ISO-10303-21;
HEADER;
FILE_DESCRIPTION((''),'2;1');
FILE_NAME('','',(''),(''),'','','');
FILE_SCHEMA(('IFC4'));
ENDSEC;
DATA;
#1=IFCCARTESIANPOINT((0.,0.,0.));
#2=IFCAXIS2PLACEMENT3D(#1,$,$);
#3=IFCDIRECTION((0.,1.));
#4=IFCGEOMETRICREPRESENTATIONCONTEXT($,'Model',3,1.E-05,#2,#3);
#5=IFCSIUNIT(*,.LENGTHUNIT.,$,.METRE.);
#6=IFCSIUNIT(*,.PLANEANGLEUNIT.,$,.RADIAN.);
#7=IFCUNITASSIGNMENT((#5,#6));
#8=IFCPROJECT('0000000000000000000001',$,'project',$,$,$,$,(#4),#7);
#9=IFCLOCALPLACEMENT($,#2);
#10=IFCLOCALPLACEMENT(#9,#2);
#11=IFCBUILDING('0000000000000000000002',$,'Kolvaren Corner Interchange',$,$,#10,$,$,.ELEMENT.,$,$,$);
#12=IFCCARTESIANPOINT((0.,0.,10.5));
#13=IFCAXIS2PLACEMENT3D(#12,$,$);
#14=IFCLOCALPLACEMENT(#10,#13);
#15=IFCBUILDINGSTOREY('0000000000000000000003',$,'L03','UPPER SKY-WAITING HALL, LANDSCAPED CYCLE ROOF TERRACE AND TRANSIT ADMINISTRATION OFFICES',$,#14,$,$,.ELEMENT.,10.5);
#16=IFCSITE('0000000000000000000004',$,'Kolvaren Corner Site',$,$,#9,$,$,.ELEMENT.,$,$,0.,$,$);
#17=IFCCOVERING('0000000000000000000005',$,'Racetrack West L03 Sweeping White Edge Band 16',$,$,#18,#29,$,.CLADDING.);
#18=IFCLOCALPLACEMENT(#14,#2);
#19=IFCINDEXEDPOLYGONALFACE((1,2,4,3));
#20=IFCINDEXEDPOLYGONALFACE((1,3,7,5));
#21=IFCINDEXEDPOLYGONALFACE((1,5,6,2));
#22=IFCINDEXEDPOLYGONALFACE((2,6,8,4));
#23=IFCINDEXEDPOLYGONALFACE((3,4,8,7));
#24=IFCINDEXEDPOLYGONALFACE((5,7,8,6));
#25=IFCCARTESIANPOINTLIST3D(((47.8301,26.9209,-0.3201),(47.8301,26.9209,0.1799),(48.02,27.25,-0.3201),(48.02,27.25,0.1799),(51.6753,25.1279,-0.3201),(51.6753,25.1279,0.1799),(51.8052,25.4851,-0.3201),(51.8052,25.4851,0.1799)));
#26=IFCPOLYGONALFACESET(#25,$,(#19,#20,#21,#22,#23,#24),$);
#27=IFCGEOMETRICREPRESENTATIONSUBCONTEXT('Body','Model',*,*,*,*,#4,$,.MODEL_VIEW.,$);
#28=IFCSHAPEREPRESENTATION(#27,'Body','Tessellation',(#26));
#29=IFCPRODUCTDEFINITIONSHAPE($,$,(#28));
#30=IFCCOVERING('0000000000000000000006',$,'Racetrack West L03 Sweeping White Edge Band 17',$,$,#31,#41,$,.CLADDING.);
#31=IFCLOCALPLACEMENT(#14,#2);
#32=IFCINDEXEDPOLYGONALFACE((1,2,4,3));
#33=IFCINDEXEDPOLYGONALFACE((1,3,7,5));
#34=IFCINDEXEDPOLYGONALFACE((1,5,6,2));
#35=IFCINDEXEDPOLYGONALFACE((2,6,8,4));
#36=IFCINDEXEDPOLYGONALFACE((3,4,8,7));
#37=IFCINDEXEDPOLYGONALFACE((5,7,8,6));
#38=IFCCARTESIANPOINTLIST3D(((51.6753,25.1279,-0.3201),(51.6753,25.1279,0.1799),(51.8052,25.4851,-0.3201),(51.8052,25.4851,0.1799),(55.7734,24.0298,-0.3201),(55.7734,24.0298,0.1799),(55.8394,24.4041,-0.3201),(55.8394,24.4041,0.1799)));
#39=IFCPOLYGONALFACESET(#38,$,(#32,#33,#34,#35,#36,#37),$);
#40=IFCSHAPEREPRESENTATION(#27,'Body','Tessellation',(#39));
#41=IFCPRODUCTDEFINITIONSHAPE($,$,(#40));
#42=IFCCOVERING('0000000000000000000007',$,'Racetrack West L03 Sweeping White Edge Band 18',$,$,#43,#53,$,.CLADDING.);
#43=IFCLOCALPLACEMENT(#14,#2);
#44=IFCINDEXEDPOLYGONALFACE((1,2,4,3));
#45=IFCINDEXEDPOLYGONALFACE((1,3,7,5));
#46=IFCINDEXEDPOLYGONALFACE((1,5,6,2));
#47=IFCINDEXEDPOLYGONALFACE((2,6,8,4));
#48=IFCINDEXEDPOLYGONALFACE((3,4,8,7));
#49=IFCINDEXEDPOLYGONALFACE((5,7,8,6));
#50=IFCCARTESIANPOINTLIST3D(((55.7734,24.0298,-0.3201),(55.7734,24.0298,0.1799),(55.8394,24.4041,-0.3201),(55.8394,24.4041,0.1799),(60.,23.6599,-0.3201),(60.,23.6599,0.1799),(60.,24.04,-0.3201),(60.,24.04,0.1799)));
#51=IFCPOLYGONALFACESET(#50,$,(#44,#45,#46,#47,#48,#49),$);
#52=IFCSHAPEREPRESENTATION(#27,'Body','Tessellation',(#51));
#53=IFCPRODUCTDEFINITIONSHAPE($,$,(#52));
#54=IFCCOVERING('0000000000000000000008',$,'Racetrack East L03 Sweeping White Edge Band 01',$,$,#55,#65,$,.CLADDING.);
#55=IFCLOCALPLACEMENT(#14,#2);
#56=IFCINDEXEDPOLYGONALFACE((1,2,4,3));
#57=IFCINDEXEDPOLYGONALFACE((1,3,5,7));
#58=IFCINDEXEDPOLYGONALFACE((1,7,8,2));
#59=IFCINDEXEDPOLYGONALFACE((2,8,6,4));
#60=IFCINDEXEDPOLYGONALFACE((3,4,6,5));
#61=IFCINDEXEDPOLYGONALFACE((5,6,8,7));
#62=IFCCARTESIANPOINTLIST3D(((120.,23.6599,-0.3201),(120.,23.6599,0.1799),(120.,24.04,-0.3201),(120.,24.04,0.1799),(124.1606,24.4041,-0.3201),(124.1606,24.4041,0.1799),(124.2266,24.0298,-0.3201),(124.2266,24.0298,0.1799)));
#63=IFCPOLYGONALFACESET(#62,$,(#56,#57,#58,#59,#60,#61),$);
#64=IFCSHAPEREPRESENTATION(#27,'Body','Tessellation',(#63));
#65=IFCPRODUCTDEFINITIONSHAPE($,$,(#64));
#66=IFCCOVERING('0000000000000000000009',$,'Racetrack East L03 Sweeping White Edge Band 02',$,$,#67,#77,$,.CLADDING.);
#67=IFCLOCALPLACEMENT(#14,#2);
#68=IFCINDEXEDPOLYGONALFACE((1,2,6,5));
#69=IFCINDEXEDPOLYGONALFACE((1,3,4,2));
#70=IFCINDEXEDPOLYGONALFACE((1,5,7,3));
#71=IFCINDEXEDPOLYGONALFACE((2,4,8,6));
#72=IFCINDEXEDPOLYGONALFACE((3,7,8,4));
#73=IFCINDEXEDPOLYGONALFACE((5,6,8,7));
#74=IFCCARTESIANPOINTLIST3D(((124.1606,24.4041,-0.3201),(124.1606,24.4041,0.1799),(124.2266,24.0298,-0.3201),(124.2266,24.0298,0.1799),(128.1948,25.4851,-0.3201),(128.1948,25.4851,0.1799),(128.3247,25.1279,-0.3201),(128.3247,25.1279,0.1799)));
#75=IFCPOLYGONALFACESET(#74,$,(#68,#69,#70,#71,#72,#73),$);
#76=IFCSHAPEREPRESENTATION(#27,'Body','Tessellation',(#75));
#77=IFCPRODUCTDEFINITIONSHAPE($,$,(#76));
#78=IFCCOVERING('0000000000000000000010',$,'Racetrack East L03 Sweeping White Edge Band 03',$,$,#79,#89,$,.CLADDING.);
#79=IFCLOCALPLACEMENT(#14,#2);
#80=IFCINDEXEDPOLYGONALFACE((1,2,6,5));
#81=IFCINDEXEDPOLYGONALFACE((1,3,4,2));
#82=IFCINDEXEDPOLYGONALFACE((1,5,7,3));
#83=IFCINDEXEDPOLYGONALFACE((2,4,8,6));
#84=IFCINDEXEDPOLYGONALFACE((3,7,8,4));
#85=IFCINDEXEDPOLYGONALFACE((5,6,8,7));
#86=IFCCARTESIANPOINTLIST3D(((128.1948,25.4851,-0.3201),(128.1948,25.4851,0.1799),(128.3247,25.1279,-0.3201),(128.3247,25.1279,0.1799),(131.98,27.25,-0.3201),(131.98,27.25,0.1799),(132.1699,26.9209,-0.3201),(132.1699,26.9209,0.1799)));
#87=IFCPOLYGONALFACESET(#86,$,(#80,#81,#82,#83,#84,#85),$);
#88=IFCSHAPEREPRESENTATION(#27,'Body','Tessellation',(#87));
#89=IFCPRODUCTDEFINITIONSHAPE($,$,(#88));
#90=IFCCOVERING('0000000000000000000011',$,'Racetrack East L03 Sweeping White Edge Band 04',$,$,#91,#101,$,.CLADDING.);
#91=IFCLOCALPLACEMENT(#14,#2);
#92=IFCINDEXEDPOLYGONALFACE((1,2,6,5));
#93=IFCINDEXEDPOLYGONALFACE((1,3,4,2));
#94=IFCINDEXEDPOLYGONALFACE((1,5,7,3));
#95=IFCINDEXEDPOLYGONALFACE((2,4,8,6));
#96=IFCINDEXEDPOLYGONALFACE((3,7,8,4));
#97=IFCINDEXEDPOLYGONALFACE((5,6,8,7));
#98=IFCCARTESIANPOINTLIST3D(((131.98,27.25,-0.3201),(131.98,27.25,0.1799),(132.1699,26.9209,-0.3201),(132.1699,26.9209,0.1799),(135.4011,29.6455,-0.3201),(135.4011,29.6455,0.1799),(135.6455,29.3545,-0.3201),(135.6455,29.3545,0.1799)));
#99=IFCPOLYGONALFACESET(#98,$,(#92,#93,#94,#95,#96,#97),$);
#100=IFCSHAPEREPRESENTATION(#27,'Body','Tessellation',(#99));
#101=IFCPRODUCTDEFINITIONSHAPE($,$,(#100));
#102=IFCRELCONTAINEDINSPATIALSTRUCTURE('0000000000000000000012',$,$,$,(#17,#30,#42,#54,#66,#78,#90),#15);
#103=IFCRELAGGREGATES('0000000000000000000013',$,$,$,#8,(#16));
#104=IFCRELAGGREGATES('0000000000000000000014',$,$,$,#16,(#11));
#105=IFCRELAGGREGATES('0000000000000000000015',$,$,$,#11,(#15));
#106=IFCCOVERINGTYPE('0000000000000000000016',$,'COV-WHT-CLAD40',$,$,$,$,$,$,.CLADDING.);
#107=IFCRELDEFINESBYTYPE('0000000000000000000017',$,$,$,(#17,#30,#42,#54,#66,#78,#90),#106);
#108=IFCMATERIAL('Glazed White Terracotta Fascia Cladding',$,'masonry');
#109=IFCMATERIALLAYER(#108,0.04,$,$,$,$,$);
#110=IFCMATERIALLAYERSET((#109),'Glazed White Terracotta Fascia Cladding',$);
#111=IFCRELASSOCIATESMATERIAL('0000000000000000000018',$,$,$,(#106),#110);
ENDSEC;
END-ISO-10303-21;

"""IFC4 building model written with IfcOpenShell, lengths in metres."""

from ifc_helpers import new_model, si_unit, direction, frame, origin, place, context, subcontext, project, spatial, polyline, outline, extrude, material, layer, layer_set, type_object, element, save


model = new_model("IFC4")

# Units and contexts
model_context = context("Model", 3, precision=1e-05, world=origin(), true_north=direction((0.0, 1.0)))
body_context = subcontext(model_context, "Body", "Model", "MODEL_VIEW")
ifc_project = project(units=[si_unit("LENGTHUNIT", "METRE"), si_unit("PLANEANGLEUNIT", "RADIAN")], contexts=[model_context])

# Site, building, storey
site_placement = place(None, origin())
site = spatial("IfcSite", under=ifc_project, at=site_placement, Name="Kolvaren Corner Site", CompositionType="ELEMENT", RefElevation=0.0)
building_placement = place(site_placement, origin())
building = spatial("IfcBuilding", under=site, at=building_placement, Name="Kolvaren Corner Interchange", CompositionType="ELEMENT")
storey_placement = place(building_placement, frame((0.0, 0.0, 10.5)))
storey = spatial("IfcBuildingStorey", under=building, at=storey_placement, Name="L03", Description="UPPER SKY-WAITING HALL, LANDSCAPED CYCLE ROOF TERRACE AND TRANSIT ADMINISTRATION OFFICES", CompositionType="ELEMENT", Elevation=10.5)

# Coverings
ifc_material_1 = material(Name="Glazed White Terracotta Fascia Cladding", Category="masonry")
ifc_layer_1 = layer(ifc_material_1, 0.04)
ifc_layer_set_1 = layer_set([ifc_layer_1], Name="Glazed White Terracotta Fascia Cladding")
covering_type = type_object("IfcCoveringType", Name="COV-WHT-CLAD40", PredefinedType="CLADDING", material=ifc_layer_set_1)
covering_1_placement = place(storey_placement, frame((0.0, 0.0, -0.3201)))
element("IfcCovering", 1, at=covering_1_placement, inside=storey, type_object=covering_type, Name="Racetrack West L03 Sweeping White Edge Band 16", PredefinedType="CLADDING", context=body_context, shape_type="SweptSolid", body=[
    extrude(outline(polyline([(48.02, 27.25), (47.8301, 26.9209), (51.6753, 25.1279), (51.8052, 25.4851), (48.02, 27.25)])), origin(), (0.0, 0.0, 1.0), 0.5),
])
covering_2_placement = place(storey_placement, frame((0.0, 0.0, -0.3201)))
element("IfcCovering", 2, at=covering_2_placement, inside=storey, type_object=covering_type, Name="Racetrack West L03 Sweeping White Edge Band 17", PredefinedType="CLADDING", context=body_context, shape_type="SweptSolid", body=[
    extrude(outline(polyline([(51.8052, 25.4851), (51.6753, 25.1279), (55.7734, 24.0298), (55.8394, 24.4041), (51.8052, 25.4851)])), origin(), (0.0, 0.0, 1.0), 0.5),
])
covering_3_placement = place(storey_placement, frame((0.0, 0.0, -0.3201)))
element("IfcCovering", 3, at=covering_3_placement, inside=storey, type_object=covering_type, Name="Racetrack West L03 Sweeping White Edge Band 18", PredefinedType="CLADDING", context=body_context, shape_type="SweptSolid", body=[
    extrude(outline(polyline([(55.8394, 24.4041), (55.7734, 24.0298), (60.0, 23.6599), (60.0, 24.04), (55.8394, 24.4041)])), origin(), (0.0, 0.0, 1.0), 0.5),
])
covering_4_placement = place(storey_placement, frame((0.0, 0.0, -0.3201)))
element("IfcCovering", 4, at=covering_4_placement, inside=storey, type_object=covering_type, Name="Racetrack East L03 Sweeping White Edge Band 01", PredefinedType="CLADDING", context=body_context, shape_type="SweptSolid", body=[
    extrude(outline(polyline([(120.0, 24.04), (120.0, 23.6599), (124.2266, 24.0298), (124.1606, 24.4041), (120.0, 24.04)])), origin(), (0.0, 0.0, 1.0), 0.5),
])
covering_5_placement = place(storey_placement, frame((0.0, 0.0, -0.3201)))
element("IfcCovering", 5, at=covering_5_placement, inside=storey, type_object=covering_type, Name="Racetrack East L03 Sweeping White Edge Band 02", PredefinedType="CLADDING", context=body_context, shape_type="SweptSolid", body=[
    extrude(outline(polyline([(124.1606, 24.4041), (124.2266, 24.0298), (128.3247, 25.1279), (128.1948, 25.4851), (124.1606, 24.4041)])), origin(), (0.0, 0.0, 1.0), 0.5),
])
covering_6_placement = place(storey_placement, frame((0.0, 0.0, -0.3201)))
element("IfcCovering", 6, at=covering_6_placement, inside=storey, type_object=covering_type, Name="Racetrack East L03 Sweeping White Edge Band 03", PredefinedType="CLADDING", context=body_context, shape_type="SweptSolid", body=[
    extrude(outline(polyline([(128.1948, 25.4851), (128.3247, 25.1279), (132.1699, 26.9209), (131.98, 27.25), (128.1948, 25.4851)])), origin(), (0.0, 0.0, 1.0), 0.5),
])
covering_7_placement = place(storey_placement, frame((0.0, 0.0, -0.3201)))
element("IfcCovering", 7, at=covering_7_placement, inside=storey, type_object=covering_type, Name="Racetrack East L03 Sweeping White Edge Band 04", PredefinedType="CLADDING", context=body_context, shape_type="SweptSolid", body=[
    extrude(outline(polyline([(131.98, 27.25), (132.1699, 26.9209), (135.6455, 29.3545), (135.4011, 29.6455), (131.98, 27.25)])), origin(), (0.0, 0.0, 1.0), 0.5),
])

save(model, "model.ifc")
